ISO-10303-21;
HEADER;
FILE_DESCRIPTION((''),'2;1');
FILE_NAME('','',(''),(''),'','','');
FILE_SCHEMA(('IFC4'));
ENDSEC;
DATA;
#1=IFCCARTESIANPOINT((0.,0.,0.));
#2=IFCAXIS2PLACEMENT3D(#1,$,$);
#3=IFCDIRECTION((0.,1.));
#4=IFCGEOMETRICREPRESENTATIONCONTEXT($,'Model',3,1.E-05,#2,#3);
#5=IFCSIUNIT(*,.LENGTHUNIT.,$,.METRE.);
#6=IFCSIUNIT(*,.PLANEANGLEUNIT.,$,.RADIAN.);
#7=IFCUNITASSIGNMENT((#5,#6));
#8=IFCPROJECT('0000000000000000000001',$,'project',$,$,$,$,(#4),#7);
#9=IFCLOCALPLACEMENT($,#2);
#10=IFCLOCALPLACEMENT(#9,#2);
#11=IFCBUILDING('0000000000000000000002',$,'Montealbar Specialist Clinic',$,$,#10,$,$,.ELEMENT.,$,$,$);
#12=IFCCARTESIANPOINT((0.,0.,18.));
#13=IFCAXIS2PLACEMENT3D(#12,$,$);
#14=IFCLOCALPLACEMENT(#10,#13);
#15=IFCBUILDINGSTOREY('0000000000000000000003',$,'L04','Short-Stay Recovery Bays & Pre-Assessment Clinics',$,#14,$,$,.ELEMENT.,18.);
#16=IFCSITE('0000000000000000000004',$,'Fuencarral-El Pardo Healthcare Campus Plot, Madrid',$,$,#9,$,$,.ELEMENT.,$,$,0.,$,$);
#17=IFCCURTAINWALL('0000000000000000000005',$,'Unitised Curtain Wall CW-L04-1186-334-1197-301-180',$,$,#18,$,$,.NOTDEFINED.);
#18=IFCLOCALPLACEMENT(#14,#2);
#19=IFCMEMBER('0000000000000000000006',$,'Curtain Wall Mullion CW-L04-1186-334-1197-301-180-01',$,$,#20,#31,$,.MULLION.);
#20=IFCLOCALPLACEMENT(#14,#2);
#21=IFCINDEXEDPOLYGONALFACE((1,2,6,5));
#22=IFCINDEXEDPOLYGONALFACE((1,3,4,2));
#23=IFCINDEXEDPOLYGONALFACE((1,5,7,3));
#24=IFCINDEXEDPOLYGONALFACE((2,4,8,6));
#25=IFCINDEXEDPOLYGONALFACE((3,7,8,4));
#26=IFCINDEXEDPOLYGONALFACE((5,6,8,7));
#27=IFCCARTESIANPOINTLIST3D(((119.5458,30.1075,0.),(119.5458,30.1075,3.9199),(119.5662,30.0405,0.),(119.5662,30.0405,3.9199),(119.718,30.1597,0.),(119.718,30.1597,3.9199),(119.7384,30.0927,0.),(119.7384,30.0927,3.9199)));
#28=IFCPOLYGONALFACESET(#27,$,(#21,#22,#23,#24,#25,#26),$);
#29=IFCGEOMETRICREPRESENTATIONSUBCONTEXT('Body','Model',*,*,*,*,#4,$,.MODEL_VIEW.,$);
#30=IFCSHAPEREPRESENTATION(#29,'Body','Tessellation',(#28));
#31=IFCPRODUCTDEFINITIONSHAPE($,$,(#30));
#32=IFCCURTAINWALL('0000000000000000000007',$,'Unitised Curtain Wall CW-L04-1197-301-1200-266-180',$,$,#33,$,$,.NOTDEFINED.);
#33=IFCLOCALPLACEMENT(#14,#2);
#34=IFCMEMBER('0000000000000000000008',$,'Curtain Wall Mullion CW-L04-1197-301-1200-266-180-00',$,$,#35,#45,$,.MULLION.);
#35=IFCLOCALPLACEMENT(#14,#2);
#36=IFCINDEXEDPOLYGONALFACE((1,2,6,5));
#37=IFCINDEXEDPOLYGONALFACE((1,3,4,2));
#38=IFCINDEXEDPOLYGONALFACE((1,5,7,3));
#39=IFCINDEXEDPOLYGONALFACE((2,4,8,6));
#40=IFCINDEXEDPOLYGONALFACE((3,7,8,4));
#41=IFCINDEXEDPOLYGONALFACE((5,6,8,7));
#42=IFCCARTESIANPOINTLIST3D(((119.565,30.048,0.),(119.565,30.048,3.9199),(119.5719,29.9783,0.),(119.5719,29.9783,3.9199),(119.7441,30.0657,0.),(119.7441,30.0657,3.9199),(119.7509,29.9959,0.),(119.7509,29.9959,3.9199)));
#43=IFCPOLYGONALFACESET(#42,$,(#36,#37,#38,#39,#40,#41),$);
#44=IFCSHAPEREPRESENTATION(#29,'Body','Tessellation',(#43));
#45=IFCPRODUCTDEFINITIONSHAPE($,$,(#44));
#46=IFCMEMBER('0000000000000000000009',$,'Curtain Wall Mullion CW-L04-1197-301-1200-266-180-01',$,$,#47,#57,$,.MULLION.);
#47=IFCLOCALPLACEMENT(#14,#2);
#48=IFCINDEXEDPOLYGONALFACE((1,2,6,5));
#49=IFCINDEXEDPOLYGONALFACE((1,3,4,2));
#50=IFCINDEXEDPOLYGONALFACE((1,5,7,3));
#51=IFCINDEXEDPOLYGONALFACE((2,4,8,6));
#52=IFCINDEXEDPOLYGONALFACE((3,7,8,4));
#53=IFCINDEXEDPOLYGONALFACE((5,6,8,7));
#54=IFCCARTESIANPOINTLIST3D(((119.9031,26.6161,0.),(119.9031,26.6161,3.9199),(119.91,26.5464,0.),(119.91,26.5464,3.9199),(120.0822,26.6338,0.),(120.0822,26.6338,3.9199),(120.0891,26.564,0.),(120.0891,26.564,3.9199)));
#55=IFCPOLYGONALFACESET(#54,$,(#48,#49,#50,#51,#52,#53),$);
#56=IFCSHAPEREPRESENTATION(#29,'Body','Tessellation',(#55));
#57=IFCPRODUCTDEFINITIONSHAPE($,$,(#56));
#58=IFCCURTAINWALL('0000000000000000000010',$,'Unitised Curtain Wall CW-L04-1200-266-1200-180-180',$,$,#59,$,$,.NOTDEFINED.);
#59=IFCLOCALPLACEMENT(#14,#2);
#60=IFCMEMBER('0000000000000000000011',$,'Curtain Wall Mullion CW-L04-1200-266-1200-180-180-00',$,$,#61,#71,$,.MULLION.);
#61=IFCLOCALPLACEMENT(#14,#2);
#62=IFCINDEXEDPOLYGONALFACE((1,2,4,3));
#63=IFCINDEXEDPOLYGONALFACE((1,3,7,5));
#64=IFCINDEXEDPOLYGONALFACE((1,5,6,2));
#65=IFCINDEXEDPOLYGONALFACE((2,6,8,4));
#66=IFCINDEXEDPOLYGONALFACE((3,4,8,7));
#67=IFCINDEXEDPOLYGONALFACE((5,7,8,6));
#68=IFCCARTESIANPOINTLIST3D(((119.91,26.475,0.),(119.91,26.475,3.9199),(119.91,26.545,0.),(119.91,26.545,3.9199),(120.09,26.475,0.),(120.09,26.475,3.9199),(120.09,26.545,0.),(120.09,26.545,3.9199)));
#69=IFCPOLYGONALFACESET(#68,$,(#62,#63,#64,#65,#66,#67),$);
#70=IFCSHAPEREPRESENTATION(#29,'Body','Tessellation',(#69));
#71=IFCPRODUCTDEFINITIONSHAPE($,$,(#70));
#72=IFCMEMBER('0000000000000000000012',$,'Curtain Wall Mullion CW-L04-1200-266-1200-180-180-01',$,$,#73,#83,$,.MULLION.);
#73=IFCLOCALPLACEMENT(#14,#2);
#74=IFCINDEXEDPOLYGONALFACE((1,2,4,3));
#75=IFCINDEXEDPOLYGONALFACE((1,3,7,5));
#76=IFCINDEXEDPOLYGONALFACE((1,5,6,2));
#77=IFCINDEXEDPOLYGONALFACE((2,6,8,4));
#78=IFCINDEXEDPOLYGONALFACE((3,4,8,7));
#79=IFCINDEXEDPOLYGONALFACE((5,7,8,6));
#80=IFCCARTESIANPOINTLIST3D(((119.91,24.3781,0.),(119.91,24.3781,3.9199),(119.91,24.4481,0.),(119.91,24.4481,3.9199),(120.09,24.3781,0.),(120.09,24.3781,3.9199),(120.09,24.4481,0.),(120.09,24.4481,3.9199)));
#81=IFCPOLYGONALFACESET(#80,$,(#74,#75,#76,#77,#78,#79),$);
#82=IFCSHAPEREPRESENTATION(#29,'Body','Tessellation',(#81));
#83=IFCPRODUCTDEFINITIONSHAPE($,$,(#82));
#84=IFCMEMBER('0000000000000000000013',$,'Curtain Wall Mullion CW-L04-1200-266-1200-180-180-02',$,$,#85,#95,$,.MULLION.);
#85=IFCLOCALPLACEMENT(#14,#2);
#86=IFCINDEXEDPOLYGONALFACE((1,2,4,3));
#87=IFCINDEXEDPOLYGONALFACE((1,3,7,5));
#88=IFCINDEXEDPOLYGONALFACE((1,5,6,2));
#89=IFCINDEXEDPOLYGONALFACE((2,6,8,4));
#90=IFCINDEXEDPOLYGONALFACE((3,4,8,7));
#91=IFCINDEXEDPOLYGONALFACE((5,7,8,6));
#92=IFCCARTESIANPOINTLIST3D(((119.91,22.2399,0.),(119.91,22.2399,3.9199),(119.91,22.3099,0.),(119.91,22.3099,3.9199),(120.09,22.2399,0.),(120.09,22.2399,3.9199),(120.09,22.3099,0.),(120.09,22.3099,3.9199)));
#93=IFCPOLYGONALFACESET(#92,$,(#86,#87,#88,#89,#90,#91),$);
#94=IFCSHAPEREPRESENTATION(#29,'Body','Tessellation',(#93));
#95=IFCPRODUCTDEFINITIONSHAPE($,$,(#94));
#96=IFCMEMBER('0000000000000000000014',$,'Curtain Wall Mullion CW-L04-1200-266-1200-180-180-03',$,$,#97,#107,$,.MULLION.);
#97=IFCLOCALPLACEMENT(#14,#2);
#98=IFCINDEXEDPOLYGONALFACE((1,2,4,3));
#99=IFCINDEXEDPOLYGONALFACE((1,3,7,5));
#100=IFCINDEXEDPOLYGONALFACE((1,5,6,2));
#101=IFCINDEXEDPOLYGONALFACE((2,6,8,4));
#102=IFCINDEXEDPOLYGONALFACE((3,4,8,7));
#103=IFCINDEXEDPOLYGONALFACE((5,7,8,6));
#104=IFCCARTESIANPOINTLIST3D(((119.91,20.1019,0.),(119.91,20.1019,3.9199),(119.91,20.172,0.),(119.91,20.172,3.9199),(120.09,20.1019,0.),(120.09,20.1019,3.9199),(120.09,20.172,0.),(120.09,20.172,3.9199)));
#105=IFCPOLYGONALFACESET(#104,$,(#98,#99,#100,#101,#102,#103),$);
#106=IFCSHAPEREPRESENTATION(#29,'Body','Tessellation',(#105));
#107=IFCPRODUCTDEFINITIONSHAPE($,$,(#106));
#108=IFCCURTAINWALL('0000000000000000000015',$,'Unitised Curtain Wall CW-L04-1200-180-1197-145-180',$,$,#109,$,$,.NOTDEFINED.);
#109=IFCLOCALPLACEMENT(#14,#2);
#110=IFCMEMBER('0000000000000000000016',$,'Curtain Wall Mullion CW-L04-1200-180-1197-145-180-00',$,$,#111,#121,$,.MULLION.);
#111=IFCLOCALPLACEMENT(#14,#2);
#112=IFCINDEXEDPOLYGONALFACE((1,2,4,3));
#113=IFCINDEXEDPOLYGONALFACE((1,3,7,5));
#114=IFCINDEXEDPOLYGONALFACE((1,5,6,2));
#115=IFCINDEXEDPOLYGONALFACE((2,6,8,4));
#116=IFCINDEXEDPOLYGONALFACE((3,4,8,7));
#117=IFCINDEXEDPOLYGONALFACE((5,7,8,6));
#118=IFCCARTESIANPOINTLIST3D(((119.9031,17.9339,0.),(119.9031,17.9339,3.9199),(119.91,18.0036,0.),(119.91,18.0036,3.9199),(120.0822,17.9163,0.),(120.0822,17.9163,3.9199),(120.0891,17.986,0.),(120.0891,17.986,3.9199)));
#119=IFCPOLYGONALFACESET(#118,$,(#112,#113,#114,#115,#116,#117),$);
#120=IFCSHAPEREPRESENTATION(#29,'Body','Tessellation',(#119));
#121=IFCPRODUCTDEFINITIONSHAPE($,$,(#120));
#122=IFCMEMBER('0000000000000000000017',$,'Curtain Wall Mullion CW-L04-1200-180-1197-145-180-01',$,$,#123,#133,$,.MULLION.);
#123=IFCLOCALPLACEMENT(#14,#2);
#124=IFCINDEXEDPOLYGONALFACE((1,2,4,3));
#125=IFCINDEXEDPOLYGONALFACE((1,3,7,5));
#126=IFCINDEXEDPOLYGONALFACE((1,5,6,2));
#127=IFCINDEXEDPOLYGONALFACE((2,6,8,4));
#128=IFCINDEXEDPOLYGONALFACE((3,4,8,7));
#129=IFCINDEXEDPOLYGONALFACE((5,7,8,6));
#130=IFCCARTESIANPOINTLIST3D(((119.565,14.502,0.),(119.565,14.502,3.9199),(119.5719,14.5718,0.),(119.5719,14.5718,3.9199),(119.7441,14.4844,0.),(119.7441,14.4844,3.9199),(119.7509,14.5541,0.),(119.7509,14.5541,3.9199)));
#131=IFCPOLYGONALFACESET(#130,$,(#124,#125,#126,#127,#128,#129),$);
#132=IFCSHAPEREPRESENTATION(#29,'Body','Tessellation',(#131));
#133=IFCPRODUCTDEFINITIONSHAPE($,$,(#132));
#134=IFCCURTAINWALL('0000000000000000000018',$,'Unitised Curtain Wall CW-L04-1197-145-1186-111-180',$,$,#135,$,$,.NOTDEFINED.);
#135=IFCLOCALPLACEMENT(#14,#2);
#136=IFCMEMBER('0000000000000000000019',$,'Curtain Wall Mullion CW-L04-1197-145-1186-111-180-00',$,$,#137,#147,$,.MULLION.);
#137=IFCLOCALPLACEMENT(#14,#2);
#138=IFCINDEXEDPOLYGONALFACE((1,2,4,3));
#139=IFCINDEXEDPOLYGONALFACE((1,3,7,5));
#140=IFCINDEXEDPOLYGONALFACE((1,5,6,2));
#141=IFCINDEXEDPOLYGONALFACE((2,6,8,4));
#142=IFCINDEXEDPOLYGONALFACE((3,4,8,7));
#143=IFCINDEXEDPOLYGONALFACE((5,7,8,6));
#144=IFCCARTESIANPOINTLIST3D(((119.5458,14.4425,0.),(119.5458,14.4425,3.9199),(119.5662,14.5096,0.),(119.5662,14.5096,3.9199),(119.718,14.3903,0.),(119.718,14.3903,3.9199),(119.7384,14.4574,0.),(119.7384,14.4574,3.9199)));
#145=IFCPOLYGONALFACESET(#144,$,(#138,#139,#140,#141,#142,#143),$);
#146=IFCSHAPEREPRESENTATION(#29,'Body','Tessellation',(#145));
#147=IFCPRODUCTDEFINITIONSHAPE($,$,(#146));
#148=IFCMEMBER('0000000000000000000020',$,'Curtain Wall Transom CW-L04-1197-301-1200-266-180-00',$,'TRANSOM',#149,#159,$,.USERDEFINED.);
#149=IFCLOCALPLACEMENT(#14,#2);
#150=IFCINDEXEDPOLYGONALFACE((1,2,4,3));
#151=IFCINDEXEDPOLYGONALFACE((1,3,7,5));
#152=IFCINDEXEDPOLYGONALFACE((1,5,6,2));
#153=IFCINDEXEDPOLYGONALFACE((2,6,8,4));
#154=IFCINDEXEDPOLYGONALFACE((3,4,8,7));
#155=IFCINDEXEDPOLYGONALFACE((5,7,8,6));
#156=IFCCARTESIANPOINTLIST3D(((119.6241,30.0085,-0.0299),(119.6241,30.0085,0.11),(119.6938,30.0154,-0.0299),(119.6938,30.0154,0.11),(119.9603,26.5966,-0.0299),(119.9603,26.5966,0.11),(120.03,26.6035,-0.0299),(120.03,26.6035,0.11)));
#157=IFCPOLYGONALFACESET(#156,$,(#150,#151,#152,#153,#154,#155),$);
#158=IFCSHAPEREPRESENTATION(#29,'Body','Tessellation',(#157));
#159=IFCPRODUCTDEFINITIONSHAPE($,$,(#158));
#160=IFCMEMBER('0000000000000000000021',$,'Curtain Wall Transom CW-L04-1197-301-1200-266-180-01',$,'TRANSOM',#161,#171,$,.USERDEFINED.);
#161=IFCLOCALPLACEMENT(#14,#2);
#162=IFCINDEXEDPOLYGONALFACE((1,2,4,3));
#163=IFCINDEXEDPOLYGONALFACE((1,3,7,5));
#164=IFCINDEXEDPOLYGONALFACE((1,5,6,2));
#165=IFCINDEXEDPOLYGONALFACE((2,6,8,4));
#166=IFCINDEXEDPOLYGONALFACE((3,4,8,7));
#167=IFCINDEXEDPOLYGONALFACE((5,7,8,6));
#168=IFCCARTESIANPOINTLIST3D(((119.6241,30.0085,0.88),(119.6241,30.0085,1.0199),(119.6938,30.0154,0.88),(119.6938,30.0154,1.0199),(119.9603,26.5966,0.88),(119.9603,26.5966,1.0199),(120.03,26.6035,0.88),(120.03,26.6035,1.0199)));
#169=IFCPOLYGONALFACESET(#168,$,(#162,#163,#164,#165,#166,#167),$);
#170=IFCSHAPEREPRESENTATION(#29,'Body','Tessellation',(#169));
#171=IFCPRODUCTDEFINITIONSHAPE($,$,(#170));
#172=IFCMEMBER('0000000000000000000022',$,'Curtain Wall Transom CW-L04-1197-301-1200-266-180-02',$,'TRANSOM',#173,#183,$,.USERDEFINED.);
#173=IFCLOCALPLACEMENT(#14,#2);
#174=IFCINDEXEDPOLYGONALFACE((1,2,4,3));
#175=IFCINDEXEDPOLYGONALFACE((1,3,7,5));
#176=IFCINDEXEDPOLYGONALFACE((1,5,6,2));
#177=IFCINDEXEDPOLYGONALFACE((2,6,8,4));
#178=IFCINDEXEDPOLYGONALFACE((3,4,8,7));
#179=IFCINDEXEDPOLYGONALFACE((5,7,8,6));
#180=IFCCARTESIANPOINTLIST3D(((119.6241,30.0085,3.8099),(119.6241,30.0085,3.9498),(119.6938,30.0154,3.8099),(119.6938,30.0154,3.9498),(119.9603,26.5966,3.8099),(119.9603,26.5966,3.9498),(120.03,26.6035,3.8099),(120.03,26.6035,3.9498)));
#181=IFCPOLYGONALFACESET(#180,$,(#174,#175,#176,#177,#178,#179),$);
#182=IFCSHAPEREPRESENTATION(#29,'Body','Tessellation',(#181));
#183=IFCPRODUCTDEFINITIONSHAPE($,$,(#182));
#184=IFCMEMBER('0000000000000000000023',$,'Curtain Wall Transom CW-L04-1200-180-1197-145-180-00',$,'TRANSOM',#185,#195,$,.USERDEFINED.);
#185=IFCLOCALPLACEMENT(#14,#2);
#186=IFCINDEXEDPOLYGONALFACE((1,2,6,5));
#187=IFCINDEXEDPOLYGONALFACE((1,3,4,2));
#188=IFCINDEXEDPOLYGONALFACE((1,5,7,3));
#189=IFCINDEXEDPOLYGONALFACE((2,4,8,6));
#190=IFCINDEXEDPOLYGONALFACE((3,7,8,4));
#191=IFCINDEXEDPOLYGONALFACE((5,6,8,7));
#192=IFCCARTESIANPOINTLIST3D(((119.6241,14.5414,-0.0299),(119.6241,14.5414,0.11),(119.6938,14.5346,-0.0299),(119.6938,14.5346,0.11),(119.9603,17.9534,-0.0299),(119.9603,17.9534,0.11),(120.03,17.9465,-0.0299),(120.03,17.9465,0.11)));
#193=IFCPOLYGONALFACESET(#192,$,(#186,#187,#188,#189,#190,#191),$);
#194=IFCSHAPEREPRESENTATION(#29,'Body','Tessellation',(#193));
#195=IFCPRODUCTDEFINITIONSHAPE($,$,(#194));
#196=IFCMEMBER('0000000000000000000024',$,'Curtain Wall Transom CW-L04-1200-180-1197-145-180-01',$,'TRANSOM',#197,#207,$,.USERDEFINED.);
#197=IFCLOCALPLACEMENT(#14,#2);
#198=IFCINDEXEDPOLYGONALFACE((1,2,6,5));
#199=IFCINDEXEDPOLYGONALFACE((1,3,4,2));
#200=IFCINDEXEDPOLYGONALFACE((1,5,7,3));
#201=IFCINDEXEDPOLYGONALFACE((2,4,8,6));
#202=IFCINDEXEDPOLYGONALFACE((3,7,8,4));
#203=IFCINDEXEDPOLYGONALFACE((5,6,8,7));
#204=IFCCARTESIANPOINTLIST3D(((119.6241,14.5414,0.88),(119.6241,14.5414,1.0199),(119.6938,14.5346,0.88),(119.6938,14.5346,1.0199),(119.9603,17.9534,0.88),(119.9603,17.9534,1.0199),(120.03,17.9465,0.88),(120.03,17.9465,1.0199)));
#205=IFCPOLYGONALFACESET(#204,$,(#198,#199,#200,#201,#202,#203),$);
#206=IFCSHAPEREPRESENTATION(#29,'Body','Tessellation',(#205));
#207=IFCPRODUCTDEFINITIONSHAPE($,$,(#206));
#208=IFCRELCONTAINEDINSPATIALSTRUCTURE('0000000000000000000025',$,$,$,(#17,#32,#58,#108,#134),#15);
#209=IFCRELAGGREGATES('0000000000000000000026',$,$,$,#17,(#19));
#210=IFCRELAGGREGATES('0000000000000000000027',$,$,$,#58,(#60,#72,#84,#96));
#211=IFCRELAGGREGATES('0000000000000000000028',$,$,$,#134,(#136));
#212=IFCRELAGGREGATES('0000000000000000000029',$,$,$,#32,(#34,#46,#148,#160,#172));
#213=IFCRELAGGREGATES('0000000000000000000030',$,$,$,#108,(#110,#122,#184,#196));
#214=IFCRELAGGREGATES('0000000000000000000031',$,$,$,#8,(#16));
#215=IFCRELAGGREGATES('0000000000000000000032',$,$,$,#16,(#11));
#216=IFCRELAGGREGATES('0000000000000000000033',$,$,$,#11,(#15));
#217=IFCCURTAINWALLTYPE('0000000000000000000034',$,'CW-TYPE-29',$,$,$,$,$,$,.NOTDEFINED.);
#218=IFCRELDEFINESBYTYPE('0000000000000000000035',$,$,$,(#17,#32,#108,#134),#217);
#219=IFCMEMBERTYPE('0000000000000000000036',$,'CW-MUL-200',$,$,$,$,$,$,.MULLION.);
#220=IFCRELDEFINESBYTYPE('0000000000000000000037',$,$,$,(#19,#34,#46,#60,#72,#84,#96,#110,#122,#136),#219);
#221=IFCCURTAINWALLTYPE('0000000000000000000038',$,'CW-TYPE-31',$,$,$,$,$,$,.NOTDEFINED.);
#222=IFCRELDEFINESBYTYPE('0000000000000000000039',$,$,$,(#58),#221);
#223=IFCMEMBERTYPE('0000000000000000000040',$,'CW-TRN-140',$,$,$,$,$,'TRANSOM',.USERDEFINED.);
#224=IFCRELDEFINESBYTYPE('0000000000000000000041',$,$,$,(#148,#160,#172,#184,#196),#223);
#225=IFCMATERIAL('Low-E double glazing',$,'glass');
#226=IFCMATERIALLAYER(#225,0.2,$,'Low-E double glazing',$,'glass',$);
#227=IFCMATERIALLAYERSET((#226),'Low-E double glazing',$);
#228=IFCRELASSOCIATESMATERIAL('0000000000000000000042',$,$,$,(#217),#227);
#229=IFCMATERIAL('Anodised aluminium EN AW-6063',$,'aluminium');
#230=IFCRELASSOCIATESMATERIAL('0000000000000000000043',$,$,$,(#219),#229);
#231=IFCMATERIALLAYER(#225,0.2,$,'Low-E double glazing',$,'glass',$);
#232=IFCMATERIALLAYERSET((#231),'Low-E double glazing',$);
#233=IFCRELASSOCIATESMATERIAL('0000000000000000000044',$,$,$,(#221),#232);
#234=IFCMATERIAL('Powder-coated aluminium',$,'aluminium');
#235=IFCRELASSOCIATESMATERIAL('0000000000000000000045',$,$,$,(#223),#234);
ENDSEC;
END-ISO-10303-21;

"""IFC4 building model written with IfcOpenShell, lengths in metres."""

from ifc_helpers import new_model, si_unit, direction, frame, origin, origin_2d, place, context, subcontext, project, spatial, rectangle, extrude, material, layer, layer_set, material_profile, profile_set, type_object, element, aggregate, save


model = new_model("IFC4")

# Units and contexts
model_context = context("Model", 3, precision=1e-05, world=origin(), true_north=direction((0.0, 1.0)))
body_context = subcontext(model_context, "Body", "Model", "MODEL_VIEW")
ifc_project = project(units=[si_unit("LENGTHUNIT", "METRE"), si_unit("PLANEANGLEUNIT", "RADIAN")], contexts=[model_context])

# Site, building, storey
site_placement = place(None, origin())
site = spatial("IfcSite", under=ifc_project, at=site_placement, Name="Fuencarral-El Pardo Healthcare Campus Plot, Madrid", CompositionType="ELEMENT", RefElevation=0.0)
building_placement = place(site_placement, origin())
building = spatial("IfcBuilding", under=site, at=building_placement, Name="Montealbar Specialist Clinic", CompositionType="ELEMENT")
storey_placement = place(building_placement, frame((0.0, 0.0, 18.0)))
storey = spatial("IfcBuildingStorey", under=building, at=storey_placement, Name="L04", Description="Short-Stay Recovery Bays & Pre-Assessment Clinics", CompositionType="ELEMENT", Elevation=18.0)

# Curtain wall, member
ifc_material_1 = material(Name="Low-E double glazing", Category="glass")
ifc_layer_1 = layer(ifc_material_1, 0.2, Name="Low-E double glazing", Category="glass")
ifc_layer_set_1 = layer_set([ifc_layer_1], Name="Low-E double glazing")
curtain_wall_type_1 = type_object("IfcCurtainWallType", Name="CW-TYPE-29", PredefinedType="NOTDEFINED", material=ifc_layer_set_1)
curtain_wall_1_placement = place(storey_placement, origin())
curtain_wall_1 = element("IfcCurtainWall", 1, at=curtain_wall_1_placement, inside=storey, type_object=curtain_wall_type_1, Name="Unitised Curtain Wall CW-L04-1186-334-1197-301-180", PredefinedType="NOTDEFINED")
ifc_material_2 = material(Name="Anodised aluminium EN AW-6063", Category="aluminium")
ifc_material_profile_1 = material_profile(ifc_material_2, rectangle(XDim=0.0701, YDim=0.1799, at=origin_2d()), Name="ALU 70x180", Category="aluminium")
ifc_profile_set_1 = profile_set([ifc_material_profile_1], Name="Anodised aluminium EN AW-6063")
member_type_1 = type_object("IfcMemberType", Name="CW-MUL-200", PredefinedType="MULLION", material=ifc_profile_set_1)
member_1_placement = place(storey_placement, frame((119.6421, 30.1001, 0.0), z_axis=(0.0, 0.0, 1.0), x_axis=(0.290259, -0.956948, 0.0)))
member_1 = element("IfcMember", 2, at=member_1_placement, type_object=member_type_1, Name="Curtain Wall Mullion CW-L04-1186-334-1197-301-180-01", PredefinedType="MULLION", context=body_context, shape_type="SweptSolid", body=[
    extrude(rectangle(XDim=0.0701, YDim=0.1799, at=origin_2d()), origin(), (0.0, 0.0, 1.0), 3.9199),
])
aggregate(curtain_wall_1, [member_1])

# Curtain walls, members
curtain_wall_2_placement = place(storey_placement, origin())
curtain_wall_2 = element("IfcCurtainWall", 3, at=curtain_wall_2_placement, inside=storey, type_object=curtain_wall_type_1, Name="Unitised Curtain Wall CW-L04-1197-301-1200-266-180", PredefinedType="NOTDEFINED")
member_2_placement = place(storey_placement, frame((119.658, 30.022, 0.0), z_axis=(0.0, 0.0, 1.0), x_axis=(0.098045, -0.995182, 0.0)))
member_2 = element("IfcMember", 4, at=member_2_placement, type_object=member_type_1, Name="Curtain Wall Mullion CW-L04-1197-301-1200-266-180-00", PredefinedType="MULLION", context=body_context, shape_type="SweptSolid", body=[
    extrude(rectangle(XDim=0.0701, YDim=0.1799, at=origin_2d()), origin(), (0.0, 0.0, 1.0), 3.9199),
])
member_3_placement = place(storey_placement, frame((119.9961, 26.5901, 0.0), z_axis=(0.0, 0.0, 1.0), x_axis=(0.098045, -0.995182, 0.0)))
member_3 = element("IfcMember", 5, at=member_3_placement, type_object=member_type_1, Name="Curtain Wall Mullion CW-L04-1197-301-1200-266-180-01", PredefinedType="MULLION", context=body_context, shape_type="SweptSolid", body=[
    extrude(rectangle(XDim=0.0701, YDim=0.1799, at=origin_2d()), origin(), (0.0, 0.0, 1.0), 3.9199),
])
ifc_layer_2 = layer(ifc_material_1, 0.2, Name="Low-E double glazing", Category="glass")
ifc_layer_set_2 = layer_set([ifc_layer_2], Name="Low-E double glazing")
curtain_wall_type_2 = type_object("IfcCurtainWallType", Name="CW-TYPE-31", PredefinedType="NOTDEFINED", material=ifc_layer_set_2)
curtain_wall_3_placement = place(storey_placement, origin())
curtain_wall_3 = element("IfcCurtainWall", 6, at=curtain_wall_3_placement, inside=storey, type_object=curtain_wall_type_2, Name="Unitised Curtain Wall CW-L04-1200-266-1200-180-180", PredefinedType="NOTDEFINED")
member_4_placement = place(storey_placement, frame((120.0, 26.51, 0.0), z_axis=(0.0, 0.0, 1.0), x_axis=(0.0, -1.0, 0.0)))
member_4 = element("IfcMember", 7, at=member_4_placement, type_object=member_type_1, Name="Curtain Wall Mullion CW-L04-1200-266-1200-180-180-00", PredefinedType="MULLION", context=body_context, shape_type="SweptSolid", body=[
    extrude(rectangle(XDim=0.0701, YDim=0.1799, at=origin_2d()), origin(), (0.0, 0.0, 1.0), 3.9199),
])
member_5_placement = place(storey_placement, frame((120.0, 24.4131, 0.0), z_axis=(0.0, 0.0, 1.0), x_axis=(0.0, -1.0, 0.0)))
member_5 = element("IfcMember", 8, at=member_5_placement, type_object=member_type_1, Name="Curtain Wall Mullion CW-L04-1200-266-1200-180-180-01", PredefinedType="MULLION", context=body_context, shape_type="SweptSolid", body=[
    extrude(rectangle(XDim=0.0701, YDim=0.1799, at=origin_2d()), origin(), (0.0, 0.0, 1.0), 3.9199),
])
member_6_placement = place(storey_placement, frame((120.0, 22.2749, 0.0), z_axis=(0.0, 0.0, 1.0), x_axis=(0.0, -1.0, 0.0)))
member_6 = element("IfcMember", 9, at=member_6_placement, type_object=member_type_1, Name="Curtain Wall Mullion CW-L04-1200-266-1200-180-180-02", PredefinedType="MULLION", context=body_context, shape_type="SweptSolid", body=[
    extrude(rectangle(XDim=0.0701, YDim=0.1799, at=origin_2d()), origin(), (0.0, 0.0, 1.0), 3.9199),
])
member_7_placement = place(storey_placement, frame((120.0, 20.137, 0.0), z_axis=(0.0, 0.0, 1.0), x_axis=(0.0, -1.0, 0.0)))
member_7 = element("IfcMember", 10, at=member_7_placement, type_object=member_type_1, Name="Curtain Wall Mullion CW-L04-1200-266-1200-180-180-03", PredefinedType="MULLION", context=body_context, shape_type="SweptSolid", body=[
    extrude(rectangle(XDim=0.0701, YDim=0.1799, at=origin_2d()), origin(), (0.0, 0.0, 1.0), 3.9199),
])
aggregate(curtain_wall_3, [member_4, member_5, member_6, member_7])
curtain_wall_4_placement = place(storey_placement, origin())
curtain_wall_4 = element("IfcCurtainWall", 11, at=curtain_wall_4_placement, inside=storey, type_object=curtain_wall_type_1, Name="Unitised Curtain Wall CW-L04-1200-180-1197-145-180", PredefinedType="NOTDEFINED")
member_8_placement = place(storey_placement, frame((119.9961, 17.96, 0.0), z_axis=(0.0, 0.0, 1.0), x_axis=(-0.098045, -0.995182, 0.0)))
member_8 = element("IfcMember", 12, at=member_8_placement, type_object=member_type_1, Name="Curtain Wall Mullion CW-L04-1200-180-1197-145-180-00", PredefinedType="MULLION", context=body_context, shape_type="SweptSolid", body=[
    extrude(rectangle(XDim=0.0701, YDim=0.1799, at=origin_2d()), origin(), (0.0, 0.0, 1.0), 3.9199),
])
member_9_placement = place(storey_placement, frame((119.658, 14.5281, 0.0), z_axis=(0.0, 0.0, 1.0), x_axis=(-0.098045, -0.995182, 0.0)))
member_9 = element("IfcMember", 13, at=member_9_placement, type_object=member_type_1, Name="Curtain Wall Mullion CW-L04-1200-180-1197-145-180-01", PredefinedType="MULLION", context=body_context, shape_type="SweptSolid", body=[
    extrude(rectangle(XDim=0.0701, YDim=0.1799, at=origin_2d()), origin(), (0.0, 0.0, 1.0), 3.9199),
])

# Curtain wall, member
curtain_wall_5_placement = place(storey_placement, origin())
curtain_wall_5 = element("IfcCurtainWall", 14, at=curtain_wall_5_placement, inside=storey, type_object=curtain_wall_type_1, Name="Unitised Curtain Wall CW-L04-1197-145-1186-111-180", PredefinedType="NOTDEFINED")
member_10_placement = place(storey_placement, frame((119.6421, 14.45, 0.0), z_axis=(0.0, 0.0, 1.0), x_axis=(-0.290259, -0.956948, 0.0)))
member_10 = element("IfcMember", 15, at=member_10_placement, type_object=member_type_1, Name="Curtain Wall Mullion CW-L04-1197-145-1186-111-180-00", PredefinedType="MULLION", context=body_context, shape_type="SweptSolid", body=[
    extrude(rectangle(XDim=0.0701, YDim=0.1799, at=origin_2d()), origin(), (0.0, 0.0, 1.0), 3.9199),
])

# Members
ifc_material_3 = material(Name="Powder-coated aluminium", Category="aluminium")
ifc_material_profile_2 = material_profile(ifc_material_3, rectangle(XDim=0.0701, YDim=0.1399, at=origin_2d()), Name="ALU 70x140", Category="aluminium")
ifc_profile_set_2 = profile_set([ifc_material_profile_2], Name="Powder-coated aluminium")
member_type_2 = type_object("IfcMemberType", Name="CW-TRN-140", ElementType="TRANSOM", PredefinedType="USERDEFINED", material=ifc_profile_set_2)
member_11_placement = place(storey_placement, frame((119.6589, 30.012, 0.04), z_axis=(0.098058, -0.995181, 0.0), x_axis=(0.995181, 0.098058, 0.0)))
member_11 = element("IfcMember", 16, at=member_11_placement, type_object=member_type_2, Name="Curtain Wall Transom CW-L04-1197-301-1200-266-180-00", ObjectType="TRANSOM", PredefinedType="USERDEFINED", context=body_context, shape_type="SweptSolid", body=[
    extrude(rectangle(XDim=0.0701, YDim=0.1399, at=origin_2d()), origin(), (0.0, 0.0, 1.0), 3.4285),
])
member_12_placement = place(storey_placement, frame((119.6589, 30.012, 0.95), z_axis=(0.098058, -0.995181, 0.0), x_axis=(0.995181, 0.098058, 0.0)))
member_12 = element("IfcMember", 17, at=member_12_placement, type_object=member_type_2, Name="Curtain Wall Transom CW-L04-1197-301-1200-266-180-01", ObjectType="TRANSOM", PredefinedType="USERDEFINED", context=body_context, shape_type="SweptSolid", body=[
    extrude(rectangle(XDim=0.0701, YDim=0.1399, at=origin_2d()), origin(), (0.0, 0.0, 1.0), 3.4285),
])
member_13_placement = place(storey_placement, frame((119.6589, 30.012, 3.8799), z_axis=(0.098058, -0.995181, 0.0), x_axis=(0.995181, 0.098058, 0.0)))
member_13 = element("IfcMember", 18, at=member_13_placement, type_object=member_type_2, Name="Curtain Wall Transom CW-L04-1197-301-1200-266-180-02", ObjectType="TRANSOM", PredefinedType="USERDEFINED", context=body_context, shape_type="SweptSolid", body=[
    extrude(rectangle(XDim=0.0701, YDim=0.1399, at=origin_2d()), origin(), (0.0, 0.0, 1.0), 3.4285),
])
member_14_placement = place(storey_placement, frame((119.9951, 17.95, 0.04), z_axis=(-0.098058, -0.995181, 0.0), x_axis=(0.995181, -0.098058, 0.0)))
member_14 = element("IfcMember", 19, at=member_14_placement, type_object=member_type_2, Name="Curtain Wall Transom CW-L04-1200-180-1197-145-180-00", ObjectType="TRANSOM", PredefinedType="USERDEFINED", context=body_context, shape_type="SweptSolid", body=[
    extrude(rectangle(XDim=0.0701, YDim=0.1399, at=origin_2d()), origin(), (0.0, 0.0, 1.0), 3.4285),
])
member_15_placement = place(storey_placement, frame((119.9951, 17.95, 0.95), z_axis=(-0.098058, -0.995181, 0.0), x_axis=(0.995181, -0.098058, 0.0)))
member_15 = element("IfcMember", 20, at=member_15_placement, type_object=member_type_2, Name="Curtain Wall Transom CW-L04-1200-180-1197-145-180-01", ObjectType="TRANSOM", PredefinedType="USERDEFINED", context=body_context, shape_type="SweptSolid", body=[
    extrude(rectangle(XDim=0.0701, YDim=0.1399, at=origin_2d()), origin(), (0.0, 0.0, 1.0), 3.4285),
])
aggregate(curtain_wall_5, [member_10])

aggregate(curtain_wall_2, [member_2, member_3, member_11, member_12, member_13])
aggregate(curtain_wall_4, [member_8, member_9, member_14, member_15])

save(model, "model.ifc")
